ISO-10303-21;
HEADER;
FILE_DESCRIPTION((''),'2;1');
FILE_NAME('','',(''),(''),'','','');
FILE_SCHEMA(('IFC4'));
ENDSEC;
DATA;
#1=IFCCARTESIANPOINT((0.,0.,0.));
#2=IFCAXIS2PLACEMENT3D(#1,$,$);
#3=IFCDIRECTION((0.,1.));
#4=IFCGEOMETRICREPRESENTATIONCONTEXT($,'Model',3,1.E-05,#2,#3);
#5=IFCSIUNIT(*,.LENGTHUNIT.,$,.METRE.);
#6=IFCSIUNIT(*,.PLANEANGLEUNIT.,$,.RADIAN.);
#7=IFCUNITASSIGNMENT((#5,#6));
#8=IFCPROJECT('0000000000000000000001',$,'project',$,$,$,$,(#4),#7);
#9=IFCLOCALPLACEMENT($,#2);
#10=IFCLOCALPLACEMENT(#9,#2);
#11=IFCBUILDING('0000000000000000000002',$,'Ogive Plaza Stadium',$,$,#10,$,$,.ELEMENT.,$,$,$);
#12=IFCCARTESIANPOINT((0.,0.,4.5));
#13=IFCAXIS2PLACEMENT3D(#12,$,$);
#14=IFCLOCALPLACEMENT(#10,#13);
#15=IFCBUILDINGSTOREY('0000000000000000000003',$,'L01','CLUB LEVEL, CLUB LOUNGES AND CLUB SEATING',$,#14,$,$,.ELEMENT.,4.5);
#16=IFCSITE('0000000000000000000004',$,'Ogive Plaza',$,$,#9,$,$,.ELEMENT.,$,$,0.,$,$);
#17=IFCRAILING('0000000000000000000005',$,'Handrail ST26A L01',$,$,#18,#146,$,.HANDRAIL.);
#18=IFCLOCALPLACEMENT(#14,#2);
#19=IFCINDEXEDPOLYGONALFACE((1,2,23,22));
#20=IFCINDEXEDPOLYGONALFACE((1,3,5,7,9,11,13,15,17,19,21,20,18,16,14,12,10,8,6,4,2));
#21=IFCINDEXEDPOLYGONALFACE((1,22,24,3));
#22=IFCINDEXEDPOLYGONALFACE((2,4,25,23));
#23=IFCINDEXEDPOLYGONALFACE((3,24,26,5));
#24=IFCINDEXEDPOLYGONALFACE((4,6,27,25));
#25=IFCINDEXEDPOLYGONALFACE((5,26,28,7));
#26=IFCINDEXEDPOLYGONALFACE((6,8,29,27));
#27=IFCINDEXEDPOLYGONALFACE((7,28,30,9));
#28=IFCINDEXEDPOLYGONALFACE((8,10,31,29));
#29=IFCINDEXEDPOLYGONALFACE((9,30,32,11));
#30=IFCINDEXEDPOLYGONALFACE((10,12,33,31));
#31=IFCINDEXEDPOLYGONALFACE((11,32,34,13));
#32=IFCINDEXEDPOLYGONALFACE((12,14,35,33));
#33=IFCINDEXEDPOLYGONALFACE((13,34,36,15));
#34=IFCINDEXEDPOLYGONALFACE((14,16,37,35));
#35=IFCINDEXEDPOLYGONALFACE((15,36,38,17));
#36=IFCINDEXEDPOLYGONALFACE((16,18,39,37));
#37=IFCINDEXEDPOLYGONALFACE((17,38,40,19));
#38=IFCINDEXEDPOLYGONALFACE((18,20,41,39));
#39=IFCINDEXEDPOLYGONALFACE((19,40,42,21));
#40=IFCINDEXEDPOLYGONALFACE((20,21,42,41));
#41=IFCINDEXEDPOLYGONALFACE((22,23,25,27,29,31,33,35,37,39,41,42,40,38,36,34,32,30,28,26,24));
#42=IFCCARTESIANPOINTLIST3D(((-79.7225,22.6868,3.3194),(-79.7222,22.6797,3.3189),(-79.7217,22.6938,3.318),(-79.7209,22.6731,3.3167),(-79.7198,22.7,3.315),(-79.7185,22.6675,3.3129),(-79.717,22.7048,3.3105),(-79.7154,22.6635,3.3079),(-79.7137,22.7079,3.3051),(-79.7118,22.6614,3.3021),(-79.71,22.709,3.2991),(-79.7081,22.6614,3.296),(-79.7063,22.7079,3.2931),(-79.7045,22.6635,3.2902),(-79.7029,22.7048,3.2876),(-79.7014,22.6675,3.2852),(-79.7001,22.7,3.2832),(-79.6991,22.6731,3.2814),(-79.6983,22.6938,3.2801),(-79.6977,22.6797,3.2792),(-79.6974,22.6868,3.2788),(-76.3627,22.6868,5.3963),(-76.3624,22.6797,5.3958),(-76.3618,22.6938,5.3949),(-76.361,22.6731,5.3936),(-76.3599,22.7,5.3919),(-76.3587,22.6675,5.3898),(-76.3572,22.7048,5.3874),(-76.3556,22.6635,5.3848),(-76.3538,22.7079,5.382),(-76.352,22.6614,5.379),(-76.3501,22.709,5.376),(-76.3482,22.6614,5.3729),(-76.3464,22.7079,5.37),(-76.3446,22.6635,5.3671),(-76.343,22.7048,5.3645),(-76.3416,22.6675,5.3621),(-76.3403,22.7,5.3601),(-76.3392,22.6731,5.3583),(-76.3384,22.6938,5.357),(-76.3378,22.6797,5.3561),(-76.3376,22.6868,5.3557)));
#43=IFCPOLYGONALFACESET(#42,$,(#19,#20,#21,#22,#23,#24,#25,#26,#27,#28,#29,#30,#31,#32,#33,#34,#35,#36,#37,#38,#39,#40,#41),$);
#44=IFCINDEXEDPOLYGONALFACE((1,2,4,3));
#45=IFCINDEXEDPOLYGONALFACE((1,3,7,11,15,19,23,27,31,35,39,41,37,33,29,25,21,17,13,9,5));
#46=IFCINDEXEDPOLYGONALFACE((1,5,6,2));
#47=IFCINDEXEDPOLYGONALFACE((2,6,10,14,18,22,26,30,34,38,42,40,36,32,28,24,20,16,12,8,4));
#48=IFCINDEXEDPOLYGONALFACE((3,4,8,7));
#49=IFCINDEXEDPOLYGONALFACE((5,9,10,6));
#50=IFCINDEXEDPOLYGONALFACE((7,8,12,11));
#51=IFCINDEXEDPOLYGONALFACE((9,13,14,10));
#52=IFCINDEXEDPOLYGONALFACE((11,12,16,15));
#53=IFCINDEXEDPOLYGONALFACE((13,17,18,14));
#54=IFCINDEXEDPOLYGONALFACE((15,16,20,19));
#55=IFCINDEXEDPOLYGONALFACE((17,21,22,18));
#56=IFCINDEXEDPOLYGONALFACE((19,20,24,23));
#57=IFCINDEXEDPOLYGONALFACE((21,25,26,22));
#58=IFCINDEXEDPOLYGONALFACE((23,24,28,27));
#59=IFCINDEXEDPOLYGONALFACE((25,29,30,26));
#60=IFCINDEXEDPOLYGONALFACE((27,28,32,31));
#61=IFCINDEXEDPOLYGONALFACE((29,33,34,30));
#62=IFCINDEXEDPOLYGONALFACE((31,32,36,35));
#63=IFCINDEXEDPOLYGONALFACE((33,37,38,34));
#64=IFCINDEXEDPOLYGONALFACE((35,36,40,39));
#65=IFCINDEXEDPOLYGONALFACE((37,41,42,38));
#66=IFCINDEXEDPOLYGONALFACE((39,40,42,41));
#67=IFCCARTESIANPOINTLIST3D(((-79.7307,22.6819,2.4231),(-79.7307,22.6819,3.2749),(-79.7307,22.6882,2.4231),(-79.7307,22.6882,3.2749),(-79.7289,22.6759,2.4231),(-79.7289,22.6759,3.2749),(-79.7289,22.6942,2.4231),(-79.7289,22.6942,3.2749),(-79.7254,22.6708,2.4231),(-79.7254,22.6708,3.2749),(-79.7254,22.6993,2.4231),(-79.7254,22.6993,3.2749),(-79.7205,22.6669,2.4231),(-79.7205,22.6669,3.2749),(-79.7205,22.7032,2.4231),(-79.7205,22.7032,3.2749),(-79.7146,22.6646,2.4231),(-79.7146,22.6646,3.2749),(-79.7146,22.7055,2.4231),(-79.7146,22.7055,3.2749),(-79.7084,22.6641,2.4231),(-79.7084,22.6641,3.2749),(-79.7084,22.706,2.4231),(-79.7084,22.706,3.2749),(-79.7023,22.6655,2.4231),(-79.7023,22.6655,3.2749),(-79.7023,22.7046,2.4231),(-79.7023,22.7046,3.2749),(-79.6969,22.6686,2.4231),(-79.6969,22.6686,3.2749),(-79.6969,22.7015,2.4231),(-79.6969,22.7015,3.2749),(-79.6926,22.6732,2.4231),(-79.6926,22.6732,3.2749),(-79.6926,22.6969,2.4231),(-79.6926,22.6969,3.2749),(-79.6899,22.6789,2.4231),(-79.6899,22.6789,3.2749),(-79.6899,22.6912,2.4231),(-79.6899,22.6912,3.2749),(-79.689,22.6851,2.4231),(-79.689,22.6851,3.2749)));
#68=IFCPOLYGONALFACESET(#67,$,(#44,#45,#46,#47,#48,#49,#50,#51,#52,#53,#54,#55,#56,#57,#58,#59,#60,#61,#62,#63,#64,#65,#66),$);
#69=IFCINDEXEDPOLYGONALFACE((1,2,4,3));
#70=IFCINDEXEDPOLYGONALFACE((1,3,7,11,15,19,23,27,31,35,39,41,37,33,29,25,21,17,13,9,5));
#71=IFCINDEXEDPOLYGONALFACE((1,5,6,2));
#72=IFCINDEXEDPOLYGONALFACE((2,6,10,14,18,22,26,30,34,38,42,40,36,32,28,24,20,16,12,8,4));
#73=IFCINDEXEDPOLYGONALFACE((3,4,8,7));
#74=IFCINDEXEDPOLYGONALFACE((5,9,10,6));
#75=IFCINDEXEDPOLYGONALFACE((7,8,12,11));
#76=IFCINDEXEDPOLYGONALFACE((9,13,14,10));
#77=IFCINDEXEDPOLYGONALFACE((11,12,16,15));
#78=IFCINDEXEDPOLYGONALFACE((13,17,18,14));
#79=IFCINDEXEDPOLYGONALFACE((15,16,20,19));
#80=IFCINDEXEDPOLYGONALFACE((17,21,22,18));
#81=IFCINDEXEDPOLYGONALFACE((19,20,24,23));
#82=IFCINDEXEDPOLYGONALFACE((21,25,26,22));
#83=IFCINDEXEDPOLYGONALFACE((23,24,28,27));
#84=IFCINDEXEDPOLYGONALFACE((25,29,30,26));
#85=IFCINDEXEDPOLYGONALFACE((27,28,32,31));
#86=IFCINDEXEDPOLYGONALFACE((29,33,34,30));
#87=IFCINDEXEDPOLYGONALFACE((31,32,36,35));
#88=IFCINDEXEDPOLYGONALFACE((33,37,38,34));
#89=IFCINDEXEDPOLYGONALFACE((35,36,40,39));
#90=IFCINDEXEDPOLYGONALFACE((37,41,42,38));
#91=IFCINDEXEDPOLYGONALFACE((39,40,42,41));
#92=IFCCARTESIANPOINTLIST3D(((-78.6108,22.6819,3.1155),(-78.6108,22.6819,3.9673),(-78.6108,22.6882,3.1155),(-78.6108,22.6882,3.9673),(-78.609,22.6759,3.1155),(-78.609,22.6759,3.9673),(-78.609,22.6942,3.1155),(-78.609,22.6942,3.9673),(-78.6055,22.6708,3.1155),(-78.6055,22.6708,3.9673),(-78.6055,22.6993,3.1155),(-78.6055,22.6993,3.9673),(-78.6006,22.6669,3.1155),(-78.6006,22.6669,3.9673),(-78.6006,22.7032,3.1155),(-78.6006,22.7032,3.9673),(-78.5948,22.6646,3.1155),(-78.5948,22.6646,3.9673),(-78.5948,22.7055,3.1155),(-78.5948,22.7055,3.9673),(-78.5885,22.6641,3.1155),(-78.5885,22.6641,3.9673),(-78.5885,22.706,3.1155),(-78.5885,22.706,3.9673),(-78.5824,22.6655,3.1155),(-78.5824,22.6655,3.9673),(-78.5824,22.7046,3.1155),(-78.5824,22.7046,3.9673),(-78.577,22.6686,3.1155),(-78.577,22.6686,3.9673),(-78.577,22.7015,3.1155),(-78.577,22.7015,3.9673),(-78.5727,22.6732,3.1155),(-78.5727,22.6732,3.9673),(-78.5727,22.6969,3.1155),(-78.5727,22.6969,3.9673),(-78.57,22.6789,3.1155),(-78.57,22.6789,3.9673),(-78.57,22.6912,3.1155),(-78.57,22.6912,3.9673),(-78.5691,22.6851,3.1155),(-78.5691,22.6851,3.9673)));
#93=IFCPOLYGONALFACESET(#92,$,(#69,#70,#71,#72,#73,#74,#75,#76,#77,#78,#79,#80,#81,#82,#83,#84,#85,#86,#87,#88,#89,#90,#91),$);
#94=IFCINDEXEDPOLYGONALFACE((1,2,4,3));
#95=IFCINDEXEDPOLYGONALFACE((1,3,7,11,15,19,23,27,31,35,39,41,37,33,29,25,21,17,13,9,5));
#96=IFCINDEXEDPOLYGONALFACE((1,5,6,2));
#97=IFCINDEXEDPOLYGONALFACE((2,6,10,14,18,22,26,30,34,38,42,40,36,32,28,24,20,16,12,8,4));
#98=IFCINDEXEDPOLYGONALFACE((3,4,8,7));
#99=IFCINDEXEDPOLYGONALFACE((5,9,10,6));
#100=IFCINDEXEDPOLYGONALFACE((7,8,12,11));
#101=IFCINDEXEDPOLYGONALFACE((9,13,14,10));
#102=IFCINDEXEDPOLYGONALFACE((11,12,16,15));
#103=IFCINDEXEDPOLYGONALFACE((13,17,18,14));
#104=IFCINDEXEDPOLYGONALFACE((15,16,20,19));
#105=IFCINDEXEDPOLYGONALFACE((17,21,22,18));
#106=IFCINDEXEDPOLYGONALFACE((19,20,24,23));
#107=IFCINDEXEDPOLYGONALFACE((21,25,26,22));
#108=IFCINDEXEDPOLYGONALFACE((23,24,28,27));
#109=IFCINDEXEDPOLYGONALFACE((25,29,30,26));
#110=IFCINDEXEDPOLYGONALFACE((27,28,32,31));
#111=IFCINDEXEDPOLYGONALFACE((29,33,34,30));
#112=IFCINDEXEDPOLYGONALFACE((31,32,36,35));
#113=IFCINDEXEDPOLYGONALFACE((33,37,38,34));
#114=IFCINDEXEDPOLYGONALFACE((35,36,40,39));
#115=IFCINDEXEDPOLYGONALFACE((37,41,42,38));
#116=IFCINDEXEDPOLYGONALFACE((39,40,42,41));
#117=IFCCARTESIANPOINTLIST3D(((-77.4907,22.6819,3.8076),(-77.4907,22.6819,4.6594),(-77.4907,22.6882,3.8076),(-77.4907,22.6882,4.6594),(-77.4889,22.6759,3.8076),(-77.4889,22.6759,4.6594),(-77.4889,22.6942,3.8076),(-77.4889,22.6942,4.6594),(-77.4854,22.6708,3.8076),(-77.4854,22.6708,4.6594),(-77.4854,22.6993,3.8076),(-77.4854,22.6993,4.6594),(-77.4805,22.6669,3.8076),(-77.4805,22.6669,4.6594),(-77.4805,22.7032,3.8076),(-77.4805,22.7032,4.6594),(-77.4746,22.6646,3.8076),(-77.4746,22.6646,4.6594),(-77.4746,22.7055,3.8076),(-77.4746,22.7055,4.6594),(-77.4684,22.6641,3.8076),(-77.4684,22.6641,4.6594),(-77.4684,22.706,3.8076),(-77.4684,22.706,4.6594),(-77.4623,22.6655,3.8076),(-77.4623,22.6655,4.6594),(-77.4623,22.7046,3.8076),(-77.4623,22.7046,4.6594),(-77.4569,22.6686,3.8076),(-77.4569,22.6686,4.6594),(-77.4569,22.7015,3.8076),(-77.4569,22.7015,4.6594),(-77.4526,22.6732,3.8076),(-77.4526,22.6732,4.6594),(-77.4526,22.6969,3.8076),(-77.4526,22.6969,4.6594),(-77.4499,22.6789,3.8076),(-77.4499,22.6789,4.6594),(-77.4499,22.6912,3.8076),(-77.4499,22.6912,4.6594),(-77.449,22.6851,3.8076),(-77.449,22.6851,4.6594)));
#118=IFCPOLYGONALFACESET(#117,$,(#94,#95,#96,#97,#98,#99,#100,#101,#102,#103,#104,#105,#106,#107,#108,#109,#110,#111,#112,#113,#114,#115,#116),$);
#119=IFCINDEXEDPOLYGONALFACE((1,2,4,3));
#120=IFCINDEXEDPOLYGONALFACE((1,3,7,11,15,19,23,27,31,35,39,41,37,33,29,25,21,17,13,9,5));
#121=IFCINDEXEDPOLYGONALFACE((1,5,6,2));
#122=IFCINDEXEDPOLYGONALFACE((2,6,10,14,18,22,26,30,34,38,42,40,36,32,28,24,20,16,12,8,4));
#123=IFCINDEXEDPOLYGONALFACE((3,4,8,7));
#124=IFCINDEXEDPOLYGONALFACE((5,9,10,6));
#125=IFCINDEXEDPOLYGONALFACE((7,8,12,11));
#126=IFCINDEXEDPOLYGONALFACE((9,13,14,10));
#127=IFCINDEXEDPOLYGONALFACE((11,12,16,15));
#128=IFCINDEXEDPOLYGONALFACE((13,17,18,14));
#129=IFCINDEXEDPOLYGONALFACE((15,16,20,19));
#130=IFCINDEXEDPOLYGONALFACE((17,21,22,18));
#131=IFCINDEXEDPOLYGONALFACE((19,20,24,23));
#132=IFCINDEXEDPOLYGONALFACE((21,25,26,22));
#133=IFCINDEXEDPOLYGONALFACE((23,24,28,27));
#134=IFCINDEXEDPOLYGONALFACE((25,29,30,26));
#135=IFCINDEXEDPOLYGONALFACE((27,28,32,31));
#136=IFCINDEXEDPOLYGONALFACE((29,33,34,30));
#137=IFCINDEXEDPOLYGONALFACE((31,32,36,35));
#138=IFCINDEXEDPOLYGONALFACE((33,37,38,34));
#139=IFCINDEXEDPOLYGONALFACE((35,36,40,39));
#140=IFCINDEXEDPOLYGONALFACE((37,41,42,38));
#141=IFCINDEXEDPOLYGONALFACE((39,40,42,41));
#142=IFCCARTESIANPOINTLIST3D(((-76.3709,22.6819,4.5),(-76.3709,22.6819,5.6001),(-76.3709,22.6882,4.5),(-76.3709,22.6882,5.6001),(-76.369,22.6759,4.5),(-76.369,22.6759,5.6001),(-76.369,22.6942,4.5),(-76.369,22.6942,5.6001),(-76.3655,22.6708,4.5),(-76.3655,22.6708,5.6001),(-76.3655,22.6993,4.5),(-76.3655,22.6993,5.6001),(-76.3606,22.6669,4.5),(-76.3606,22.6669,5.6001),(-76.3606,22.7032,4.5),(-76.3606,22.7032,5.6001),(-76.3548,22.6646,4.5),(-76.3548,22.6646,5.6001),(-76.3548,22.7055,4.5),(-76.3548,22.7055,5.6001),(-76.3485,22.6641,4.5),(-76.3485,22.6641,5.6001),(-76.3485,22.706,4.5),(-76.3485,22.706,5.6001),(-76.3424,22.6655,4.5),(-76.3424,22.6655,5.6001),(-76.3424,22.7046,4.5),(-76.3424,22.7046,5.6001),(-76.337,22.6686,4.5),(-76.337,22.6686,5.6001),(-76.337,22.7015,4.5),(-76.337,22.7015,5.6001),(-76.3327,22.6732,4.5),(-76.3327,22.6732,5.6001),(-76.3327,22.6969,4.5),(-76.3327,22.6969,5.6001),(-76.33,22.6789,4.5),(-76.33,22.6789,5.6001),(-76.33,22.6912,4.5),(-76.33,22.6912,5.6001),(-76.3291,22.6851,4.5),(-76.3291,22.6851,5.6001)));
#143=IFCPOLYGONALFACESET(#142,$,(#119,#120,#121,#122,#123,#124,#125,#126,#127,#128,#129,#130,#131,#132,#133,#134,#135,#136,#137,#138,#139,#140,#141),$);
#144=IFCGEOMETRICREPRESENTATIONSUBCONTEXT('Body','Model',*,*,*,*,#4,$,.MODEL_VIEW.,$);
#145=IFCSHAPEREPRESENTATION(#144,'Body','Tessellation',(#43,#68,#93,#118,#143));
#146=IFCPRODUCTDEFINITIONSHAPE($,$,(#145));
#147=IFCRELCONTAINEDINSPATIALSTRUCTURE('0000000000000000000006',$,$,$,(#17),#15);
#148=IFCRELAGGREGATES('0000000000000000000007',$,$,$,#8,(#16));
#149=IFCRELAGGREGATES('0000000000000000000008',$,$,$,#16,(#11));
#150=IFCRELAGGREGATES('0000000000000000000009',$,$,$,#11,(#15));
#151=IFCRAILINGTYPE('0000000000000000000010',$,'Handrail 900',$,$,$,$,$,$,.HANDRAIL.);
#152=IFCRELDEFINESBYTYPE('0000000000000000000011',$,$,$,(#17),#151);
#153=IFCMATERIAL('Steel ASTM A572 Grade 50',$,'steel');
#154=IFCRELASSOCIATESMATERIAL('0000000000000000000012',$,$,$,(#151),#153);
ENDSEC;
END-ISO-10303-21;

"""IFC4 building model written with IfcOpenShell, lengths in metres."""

from ifc_helpers import new_model, si_unit, direction, frame, origin, origin_2d, place, context, subcontext, project, spatial, circle, extrude, material, type_object, element, save


model = new_model("IFC4")

# Units and contexts
model_context = context("Model", 3, precision=1e-05, world=origin(), true_north=direction((0.0, 1.0)))
body_context = subcontext(model_context, "Body", "Model", "MODEL_VIEW")
ifc_project = project(units=[si_unit("LENGTHUNIT", "METRE"), si_unit("PLANEANGLEUNIT", "RADIAN")], contexts=[model_context])

# Site, building, storey
site_placement = place(None, origin())
site = spatial("IfcSite", under=ifc_project, at=site_placement, Name="Ogive Plaza", CompositionType="ELEMENT", RefElevation=0.0)
building_placement = place(site_placement, origin())
building = spatial("IfcBuilding", under=site, at=building_placement, Name="Ogive Plaza Stadium", CompositionType="ELEMENT")
storey_placement = place(building_placement, frame((0.0, 0.0, 4.5)))
storey = spatial("IfcBuildingStorey", under=building, at=storey_placement, Name="L01", Description="CLUB LEVEL, CLUB LOUNGES AND CLUB SEATING", CompositionType="ELEMENT", Elevation=4.5)

# Railing
ifc_material_1 = material(Name="Steel ASTM A572 Grade 50", Category="steel")
railing_type_1 = type_object("IfcRailingType", Name="Handrail 900", PredefinedType="HANDRAIL", material=ifc_material_1)
for number, where, name in (
    (1, (-79.71, 22.6851, 2.4231), "Handrail ST26A L01"),
):
    element("IfcRailing", number, at=place(storey_placement, frame(where)), inside=storey, type_object=railing_type_1, Name=name, PredefinedType="HANDRAIL", context=body_context, shape_type="SweptSolid", body=[
        extrude(circle(Radius=0.0239, at=origin_2d()), frame((0.0, 0.0, 0.876), z_axis=(0.850606, 0.0, 0.525803), x_axis=(0.0, 1.0, 0.0)), (0.0, 0.0, 1.0), 3.95),
        extrude(circle(Radius=0.021, at=origin_2d()), origin(), (0.0, 0.0, 1.0), 0.8518),
        extrude(circle(Radius=0.021, at=origin_2d()), frame((1.1199, 0.0, 0.6924)), (0.0, 0.0, 1.0), 0.8518),
        extrude(circle(Radius=0.021, at=origin_2d()), frame((2.24, 0.0, 1.3845)), (0.0, 0.0, 1.0), 0.8518),
        extrude(circle(Radius=0.021, at=origin_2d()), frame((3.3599, 0.0, 2.0769)), (0.0, 0.0, 1.0), 1.1001),
    ])

save(model, "model.ifc")
